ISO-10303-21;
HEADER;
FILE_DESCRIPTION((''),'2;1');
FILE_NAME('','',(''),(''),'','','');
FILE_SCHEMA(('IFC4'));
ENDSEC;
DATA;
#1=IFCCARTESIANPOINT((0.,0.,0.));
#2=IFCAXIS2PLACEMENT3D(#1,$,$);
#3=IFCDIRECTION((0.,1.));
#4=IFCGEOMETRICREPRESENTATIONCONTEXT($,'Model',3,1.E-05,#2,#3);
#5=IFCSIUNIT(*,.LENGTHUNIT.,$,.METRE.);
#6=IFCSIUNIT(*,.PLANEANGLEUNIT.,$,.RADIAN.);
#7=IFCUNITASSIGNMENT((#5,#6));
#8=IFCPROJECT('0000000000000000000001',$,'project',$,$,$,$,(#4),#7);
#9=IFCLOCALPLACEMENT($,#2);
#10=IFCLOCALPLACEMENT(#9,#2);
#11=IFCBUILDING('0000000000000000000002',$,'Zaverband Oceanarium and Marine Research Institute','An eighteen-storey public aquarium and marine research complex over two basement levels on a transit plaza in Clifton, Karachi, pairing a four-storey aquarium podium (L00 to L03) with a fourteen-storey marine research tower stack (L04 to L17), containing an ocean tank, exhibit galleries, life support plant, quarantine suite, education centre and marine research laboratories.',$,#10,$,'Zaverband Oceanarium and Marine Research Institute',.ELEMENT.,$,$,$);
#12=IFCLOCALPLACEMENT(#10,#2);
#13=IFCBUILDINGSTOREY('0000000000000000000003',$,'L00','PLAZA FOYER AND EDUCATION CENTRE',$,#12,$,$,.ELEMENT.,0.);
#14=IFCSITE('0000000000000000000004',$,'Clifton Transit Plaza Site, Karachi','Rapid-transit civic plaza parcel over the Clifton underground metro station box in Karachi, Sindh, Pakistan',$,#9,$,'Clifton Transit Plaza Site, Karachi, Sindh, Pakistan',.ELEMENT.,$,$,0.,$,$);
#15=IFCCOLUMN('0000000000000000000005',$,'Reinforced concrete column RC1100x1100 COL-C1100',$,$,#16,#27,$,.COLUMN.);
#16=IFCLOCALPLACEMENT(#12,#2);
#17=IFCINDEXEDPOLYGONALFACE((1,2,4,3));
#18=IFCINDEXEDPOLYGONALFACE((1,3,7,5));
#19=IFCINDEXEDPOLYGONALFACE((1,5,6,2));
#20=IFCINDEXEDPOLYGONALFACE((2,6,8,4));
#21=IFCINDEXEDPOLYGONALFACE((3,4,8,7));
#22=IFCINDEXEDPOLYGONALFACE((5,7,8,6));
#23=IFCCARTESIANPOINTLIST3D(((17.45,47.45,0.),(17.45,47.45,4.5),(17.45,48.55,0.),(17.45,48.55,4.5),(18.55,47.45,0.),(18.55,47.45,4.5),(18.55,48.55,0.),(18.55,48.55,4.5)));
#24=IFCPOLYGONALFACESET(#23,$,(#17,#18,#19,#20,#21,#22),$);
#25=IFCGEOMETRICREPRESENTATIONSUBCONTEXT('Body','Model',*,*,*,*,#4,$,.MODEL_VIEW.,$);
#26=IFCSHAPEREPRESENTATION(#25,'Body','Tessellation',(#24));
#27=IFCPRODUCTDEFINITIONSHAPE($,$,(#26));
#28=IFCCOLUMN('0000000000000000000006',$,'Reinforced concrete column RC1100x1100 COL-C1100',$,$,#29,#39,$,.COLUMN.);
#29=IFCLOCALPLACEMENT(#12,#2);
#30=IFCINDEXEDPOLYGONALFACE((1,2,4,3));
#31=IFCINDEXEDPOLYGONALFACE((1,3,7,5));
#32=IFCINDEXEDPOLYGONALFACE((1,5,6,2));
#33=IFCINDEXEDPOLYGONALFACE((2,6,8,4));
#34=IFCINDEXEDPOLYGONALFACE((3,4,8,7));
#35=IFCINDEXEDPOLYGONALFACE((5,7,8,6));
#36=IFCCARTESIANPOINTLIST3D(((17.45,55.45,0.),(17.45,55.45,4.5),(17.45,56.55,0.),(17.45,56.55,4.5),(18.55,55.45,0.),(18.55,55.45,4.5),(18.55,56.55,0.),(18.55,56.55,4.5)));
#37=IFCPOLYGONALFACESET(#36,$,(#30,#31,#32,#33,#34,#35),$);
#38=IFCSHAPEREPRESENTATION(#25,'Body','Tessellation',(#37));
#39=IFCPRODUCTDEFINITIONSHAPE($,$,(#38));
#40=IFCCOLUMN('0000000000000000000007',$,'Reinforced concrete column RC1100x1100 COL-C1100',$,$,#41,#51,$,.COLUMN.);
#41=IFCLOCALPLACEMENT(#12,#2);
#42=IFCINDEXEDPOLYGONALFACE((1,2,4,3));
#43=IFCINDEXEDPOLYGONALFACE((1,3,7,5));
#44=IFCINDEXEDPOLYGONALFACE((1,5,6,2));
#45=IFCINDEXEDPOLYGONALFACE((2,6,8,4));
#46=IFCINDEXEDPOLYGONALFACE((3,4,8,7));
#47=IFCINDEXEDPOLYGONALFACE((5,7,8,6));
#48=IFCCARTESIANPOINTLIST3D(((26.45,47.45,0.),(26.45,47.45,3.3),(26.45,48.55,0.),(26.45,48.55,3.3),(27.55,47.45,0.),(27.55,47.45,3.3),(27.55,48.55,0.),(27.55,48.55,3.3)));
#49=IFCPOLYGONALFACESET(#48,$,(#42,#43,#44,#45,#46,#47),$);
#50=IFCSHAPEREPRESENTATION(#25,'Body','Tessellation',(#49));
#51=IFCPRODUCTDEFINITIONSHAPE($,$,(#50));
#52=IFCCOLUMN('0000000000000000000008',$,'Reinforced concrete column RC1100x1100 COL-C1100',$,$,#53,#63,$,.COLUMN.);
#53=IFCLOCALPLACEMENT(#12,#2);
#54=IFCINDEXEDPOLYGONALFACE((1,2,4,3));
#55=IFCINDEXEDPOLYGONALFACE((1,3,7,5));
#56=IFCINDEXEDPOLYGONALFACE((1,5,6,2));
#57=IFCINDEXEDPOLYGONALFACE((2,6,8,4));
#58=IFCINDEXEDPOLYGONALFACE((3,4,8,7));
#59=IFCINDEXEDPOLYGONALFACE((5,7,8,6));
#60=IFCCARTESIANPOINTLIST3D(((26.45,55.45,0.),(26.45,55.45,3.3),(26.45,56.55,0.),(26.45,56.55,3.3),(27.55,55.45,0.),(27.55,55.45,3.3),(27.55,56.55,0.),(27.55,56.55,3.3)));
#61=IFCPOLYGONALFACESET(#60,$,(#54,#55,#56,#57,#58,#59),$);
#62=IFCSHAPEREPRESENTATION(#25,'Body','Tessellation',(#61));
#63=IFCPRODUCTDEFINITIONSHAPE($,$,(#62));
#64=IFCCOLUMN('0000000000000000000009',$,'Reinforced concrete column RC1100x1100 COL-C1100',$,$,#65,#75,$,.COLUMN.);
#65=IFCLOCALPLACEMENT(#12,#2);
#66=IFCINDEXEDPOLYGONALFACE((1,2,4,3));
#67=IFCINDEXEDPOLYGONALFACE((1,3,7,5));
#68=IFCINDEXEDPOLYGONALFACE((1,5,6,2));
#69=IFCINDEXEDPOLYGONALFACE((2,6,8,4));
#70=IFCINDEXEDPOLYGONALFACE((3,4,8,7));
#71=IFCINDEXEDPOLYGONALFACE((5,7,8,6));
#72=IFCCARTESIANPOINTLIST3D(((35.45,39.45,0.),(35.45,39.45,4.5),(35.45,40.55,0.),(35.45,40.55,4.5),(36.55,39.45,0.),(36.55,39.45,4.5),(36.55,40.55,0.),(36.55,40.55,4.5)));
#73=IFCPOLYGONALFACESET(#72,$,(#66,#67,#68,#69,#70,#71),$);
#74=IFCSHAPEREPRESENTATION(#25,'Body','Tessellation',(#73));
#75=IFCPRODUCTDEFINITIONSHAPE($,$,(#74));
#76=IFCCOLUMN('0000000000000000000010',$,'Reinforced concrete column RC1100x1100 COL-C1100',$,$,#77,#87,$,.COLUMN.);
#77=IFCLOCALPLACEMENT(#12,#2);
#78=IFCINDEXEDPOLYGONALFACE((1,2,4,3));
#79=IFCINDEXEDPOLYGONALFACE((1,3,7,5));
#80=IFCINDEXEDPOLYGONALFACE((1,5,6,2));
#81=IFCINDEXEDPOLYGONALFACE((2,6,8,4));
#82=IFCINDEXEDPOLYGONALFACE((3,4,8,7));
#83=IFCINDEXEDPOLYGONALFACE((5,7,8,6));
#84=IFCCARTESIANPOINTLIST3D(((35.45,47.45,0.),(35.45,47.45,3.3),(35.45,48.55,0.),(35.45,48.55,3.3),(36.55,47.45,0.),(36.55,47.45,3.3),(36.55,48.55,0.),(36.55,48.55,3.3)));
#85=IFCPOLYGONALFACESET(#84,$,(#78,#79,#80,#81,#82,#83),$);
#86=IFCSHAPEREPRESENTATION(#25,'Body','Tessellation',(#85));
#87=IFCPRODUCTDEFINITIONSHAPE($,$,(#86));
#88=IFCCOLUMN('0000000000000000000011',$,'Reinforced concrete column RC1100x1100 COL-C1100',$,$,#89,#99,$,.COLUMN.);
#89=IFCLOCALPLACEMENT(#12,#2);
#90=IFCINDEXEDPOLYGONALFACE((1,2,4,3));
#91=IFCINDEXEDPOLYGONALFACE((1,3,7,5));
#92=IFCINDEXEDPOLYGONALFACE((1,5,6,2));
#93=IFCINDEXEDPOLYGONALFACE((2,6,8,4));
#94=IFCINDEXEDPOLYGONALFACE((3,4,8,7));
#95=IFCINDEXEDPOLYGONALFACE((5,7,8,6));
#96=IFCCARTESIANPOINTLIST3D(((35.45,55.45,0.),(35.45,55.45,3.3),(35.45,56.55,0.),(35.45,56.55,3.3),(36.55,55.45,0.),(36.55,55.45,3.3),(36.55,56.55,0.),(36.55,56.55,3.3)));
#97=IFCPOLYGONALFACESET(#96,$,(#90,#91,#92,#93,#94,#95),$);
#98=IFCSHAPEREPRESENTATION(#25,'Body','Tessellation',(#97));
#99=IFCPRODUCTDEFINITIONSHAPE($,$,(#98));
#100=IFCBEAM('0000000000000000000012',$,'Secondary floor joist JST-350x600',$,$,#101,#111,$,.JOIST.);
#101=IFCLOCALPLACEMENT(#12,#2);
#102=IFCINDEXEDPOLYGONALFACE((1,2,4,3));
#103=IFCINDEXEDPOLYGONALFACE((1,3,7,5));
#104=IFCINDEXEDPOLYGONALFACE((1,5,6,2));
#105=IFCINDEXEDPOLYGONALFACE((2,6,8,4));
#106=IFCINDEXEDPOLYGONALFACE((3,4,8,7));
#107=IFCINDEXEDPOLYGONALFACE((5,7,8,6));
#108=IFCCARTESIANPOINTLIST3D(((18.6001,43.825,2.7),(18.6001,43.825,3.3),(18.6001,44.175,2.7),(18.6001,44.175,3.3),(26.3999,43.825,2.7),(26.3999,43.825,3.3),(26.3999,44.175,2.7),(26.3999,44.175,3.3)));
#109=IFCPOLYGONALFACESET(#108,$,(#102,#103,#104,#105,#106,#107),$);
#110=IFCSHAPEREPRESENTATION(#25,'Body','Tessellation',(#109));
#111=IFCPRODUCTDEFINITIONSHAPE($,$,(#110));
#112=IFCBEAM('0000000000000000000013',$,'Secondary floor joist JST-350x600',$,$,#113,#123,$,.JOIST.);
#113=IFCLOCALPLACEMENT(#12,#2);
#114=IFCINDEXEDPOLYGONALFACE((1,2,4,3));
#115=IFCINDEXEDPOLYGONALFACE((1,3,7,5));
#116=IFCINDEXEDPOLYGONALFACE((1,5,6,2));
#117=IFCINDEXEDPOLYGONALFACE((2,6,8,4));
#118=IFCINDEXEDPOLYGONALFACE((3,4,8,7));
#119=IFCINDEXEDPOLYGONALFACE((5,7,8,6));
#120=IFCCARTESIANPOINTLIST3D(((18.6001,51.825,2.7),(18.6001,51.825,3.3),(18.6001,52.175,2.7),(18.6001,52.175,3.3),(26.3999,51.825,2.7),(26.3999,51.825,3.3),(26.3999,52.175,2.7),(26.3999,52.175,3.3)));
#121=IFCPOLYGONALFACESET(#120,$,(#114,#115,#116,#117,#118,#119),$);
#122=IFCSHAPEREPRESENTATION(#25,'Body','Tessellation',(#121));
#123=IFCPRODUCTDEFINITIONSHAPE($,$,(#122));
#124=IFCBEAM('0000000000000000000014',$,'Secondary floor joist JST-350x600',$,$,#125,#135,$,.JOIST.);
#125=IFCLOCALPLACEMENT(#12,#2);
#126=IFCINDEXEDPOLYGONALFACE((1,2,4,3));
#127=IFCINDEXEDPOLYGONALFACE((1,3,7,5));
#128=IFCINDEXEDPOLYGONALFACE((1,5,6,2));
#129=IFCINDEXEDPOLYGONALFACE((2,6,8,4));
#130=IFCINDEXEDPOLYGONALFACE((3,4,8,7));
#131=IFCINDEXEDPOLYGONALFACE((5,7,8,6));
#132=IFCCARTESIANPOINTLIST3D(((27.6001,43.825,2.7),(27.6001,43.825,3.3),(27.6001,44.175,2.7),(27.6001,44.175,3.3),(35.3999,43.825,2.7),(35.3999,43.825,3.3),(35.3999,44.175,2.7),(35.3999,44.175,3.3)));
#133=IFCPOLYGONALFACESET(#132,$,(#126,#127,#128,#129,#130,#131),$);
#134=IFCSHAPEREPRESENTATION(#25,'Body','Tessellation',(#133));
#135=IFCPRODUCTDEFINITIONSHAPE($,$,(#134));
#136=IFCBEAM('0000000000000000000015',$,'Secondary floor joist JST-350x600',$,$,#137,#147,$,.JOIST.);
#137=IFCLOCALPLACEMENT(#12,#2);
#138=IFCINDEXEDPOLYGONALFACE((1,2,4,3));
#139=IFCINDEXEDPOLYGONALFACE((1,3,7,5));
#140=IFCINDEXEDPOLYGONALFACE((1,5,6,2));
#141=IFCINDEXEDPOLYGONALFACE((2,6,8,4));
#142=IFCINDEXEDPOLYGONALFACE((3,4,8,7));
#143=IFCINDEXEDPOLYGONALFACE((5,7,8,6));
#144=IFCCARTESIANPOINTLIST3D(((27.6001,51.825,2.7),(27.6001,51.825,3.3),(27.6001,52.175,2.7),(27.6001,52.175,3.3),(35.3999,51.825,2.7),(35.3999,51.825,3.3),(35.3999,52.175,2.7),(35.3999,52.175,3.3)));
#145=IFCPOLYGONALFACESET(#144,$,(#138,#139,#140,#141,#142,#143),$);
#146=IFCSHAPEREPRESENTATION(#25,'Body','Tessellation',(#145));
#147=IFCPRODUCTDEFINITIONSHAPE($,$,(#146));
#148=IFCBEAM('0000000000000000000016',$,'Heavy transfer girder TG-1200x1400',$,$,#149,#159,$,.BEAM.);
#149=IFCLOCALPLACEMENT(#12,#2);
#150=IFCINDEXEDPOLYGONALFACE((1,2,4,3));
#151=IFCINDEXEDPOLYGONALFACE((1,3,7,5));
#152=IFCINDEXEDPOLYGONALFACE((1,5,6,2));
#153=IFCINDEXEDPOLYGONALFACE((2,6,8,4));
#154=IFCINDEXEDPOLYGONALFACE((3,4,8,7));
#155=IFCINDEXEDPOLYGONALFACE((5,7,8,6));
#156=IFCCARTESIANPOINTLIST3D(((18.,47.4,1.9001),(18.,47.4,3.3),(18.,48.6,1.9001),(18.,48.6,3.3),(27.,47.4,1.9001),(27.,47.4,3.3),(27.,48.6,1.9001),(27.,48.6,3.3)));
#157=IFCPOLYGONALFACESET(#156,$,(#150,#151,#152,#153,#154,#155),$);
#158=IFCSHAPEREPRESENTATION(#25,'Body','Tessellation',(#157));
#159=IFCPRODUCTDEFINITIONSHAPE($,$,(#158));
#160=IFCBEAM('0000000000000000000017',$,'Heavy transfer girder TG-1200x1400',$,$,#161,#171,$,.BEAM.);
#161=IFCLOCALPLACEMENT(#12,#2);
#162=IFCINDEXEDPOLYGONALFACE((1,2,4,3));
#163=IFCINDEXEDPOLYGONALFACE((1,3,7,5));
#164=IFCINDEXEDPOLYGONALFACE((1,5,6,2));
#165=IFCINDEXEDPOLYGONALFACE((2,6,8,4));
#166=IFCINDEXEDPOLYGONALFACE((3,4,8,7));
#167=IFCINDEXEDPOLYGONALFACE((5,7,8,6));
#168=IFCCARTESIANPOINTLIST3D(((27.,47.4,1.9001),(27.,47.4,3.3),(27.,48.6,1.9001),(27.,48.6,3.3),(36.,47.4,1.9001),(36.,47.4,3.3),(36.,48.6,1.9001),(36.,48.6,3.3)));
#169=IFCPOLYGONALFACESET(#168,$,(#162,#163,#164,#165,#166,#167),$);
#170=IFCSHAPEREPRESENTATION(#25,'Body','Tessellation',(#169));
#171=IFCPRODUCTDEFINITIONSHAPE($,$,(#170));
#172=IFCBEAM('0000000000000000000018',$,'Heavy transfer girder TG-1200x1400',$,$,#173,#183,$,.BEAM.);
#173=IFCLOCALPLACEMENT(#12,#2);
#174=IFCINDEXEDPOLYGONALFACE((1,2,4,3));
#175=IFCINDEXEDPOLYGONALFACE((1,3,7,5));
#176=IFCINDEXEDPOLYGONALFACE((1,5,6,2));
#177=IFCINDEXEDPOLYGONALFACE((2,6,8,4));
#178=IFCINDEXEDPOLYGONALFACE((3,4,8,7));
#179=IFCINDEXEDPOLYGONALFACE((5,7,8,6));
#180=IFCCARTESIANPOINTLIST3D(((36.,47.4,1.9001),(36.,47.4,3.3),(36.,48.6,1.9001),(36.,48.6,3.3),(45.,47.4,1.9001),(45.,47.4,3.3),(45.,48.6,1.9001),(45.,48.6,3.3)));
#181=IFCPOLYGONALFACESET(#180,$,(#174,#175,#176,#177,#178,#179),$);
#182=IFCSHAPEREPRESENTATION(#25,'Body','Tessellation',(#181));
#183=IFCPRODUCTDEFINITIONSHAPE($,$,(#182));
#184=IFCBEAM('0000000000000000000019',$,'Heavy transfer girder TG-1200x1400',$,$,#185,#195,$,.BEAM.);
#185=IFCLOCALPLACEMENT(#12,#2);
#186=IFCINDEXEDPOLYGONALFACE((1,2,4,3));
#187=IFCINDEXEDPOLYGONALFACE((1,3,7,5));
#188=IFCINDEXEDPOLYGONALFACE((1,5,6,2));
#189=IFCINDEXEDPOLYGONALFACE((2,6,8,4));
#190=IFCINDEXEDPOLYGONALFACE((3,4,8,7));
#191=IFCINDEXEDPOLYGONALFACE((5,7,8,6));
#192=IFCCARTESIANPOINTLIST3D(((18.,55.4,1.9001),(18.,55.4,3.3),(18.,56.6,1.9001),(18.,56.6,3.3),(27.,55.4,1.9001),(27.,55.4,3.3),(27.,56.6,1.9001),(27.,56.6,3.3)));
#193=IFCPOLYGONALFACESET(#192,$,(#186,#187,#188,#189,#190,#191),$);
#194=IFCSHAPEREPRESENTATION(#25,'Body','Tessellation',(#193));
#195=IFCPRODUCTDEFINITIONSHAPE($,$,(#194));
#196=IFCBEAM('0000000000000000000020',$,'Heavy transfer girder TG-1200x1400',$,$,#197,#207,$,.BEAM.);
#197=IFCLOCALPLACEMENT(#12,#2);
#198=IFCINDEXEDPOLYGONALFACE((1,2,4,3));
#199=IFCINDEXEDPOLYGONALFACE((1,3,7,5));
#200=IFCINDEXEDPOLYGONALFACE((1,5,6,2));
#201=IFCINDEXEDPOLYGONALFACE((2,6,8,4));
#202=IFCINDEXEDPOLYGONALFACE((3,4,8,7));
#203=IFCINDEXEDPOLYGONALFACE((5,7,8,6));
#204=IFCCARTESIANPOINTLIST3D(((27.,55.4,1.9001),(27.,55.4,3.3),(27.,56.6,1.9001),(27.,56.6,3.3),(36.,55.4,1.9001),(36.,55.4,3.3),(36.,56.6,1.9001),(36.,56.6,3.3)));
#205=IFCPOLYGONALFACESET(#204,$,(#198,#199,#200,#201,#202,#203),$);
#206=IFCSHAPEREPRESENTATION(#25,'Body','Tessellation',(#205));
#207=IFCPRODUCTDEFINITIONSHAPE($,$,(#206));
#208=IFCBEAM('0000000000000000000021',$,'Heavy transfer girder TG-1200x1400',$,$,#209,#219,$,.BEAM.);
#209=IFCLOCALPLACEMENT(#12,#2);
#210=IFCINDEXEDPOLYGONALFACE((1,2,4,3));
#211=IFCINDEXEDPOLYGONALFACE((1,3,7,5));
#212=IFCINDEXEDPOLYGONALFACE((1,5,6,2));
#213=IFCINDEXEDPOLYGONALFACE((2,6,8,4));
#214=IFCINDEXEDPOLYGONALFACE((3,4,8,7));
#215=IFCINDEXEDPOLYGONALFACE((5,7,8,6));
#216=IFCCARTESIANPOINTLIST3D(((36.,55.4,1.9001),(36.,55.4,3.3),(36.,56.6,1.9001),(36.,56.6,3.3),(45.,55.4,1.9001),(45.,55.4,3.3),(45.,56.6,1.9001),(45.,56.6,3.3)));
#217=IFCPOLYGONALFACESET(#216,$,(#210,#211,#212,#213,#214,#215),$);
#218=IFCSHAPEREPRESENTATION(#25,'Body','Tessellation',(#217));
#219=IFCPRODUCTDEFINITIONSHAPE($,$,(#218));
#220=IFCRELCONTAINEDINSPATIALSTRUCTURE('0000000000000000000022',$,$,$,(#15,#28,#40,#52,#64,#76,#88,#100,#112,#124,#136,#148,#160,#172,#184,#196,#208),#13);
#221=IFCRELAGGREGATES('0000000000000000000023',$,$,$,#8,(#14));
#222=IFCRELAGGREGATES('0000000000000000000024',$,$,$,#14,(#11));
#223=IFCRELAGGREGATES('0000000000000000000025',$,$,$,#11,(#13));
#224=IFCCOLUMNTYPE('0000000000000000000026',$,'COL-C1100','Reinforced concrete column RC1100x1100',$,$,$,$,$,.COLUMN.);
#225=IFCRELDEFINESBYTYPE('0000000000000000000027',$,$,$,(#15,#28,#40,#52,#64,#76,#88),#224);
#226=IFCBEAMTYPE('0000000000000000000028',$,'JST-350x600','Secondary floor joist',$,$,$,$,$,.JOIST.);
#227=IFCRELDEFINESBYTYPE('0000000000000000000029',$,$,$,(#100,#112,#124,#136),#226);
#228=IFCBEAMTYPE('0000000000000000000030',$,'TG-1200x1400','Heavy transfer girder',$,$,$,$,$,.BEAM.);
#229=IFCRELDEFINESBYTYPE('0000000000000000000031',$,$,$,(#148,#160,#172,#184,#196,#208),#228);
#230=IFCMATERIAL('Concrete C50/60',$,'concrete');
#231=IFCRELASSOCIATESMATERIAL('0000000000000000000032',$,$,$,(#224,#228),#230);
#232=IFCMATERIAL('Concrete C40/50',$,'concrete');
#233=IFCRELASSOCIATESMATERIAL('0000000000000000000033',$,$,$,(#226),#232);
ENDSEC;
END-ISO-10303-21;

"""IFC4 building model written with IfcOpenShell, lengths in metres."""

from ifc_helpers import new_model, si_unit, direction, frame, origin, origin_2d, place, context, subcontext, project, spatial, rectangle, extrude, material, material_profile, profile_set, type_object, element, save


model = new_model("IFC4")

# Units and contexts
model_context = context("Model", 3, precision=1e-05, world=origin(), true_north=direction((0.0, 1.0)))
body_context = subcontext(model_context, "Body", "Model", "MODEL_VIEW")
ifc_project = project(units=[si_unit("LENGTHUNIT", "METRE"), si_unit("PLANEANGLEUNIT", "RADIAN")], contexts=[model_context])

# Site, building, storey
site_placement = place(None, origin())
site = spatial("IfcSite", under=ifc_project, at=site_placement, Name="Clifton Transit Plaza Site, Karachi", Description="Rapid-transit civic plaza parcel over the Clifton underground metro station box in Karachi, Sindh, Pakistan", LongName="Clifton Transit Plaza Site, Karachi, Sindh, Pakistan", CompositionType="ELEMENT", RefElevation=0.0)
building_placement = place(site_placement, origin())
building = spatial("IfcBuilding", under=site, at=building_placement, Name="Zaverband Oceanarium and Marine Research Institute", Description="An eighteen-storey public aquarium and marine research complex over two basement levels on a transit plaza in Clifton, Karachi, pairing a four-storey aquarium podium (L00 to L03) with a fourteen-storey marine research tower stack (L04 to L17), containing an ocean tank, exhibit galleries, life support plant, quarantine suite, education centre and marine research laboratories.", LongName="Zaverband Oceanarium and Marine Research Institute", CompositionType="ELEMENT")
storey_placement = place(building_placement, origin())
storey = spatial("IfcBuildingStorey", under=building, at=storey_placement, Name="L00", Description="PLAZA FOYER AND EDUCATION CENTRE", CompositionType="ELEMENT", Elevation=0.0)

# Columns
ifc_material_1 = material(Name="Concrete C50/60", Category="concrete")
ifc_material_profile_1 = material_profile(ifc_material_1, rectangle(XDim=1.1001, YDim=1.1001, at=origin_2d()), Name="RC1100x1100")
ifc_profile_set_1 = profile_set([ifc_material_profile_1], Name="Concrete C50/60")
column_type = type_object("IfcColumnType", Name="COL-C1100", Description="Reinforced concrete column RC1100x1100", PredefinedType="COLUMN", material=ifc_profile_set_1)
for number, where, z_axis, x_axis, name in (
    (1, (18.0, 48.0, 0.0), (0.0, 0.0, 1.0), (1.0, 0.0, 0.0), "Reinforced concrete column RC1100x1100 COL-C1100"),
    (2, (18.0, 56.0, 0.0), (0.0, 0.0, 1.0), (1.0, 0.0, 0.0), "Reinforced concrete column RC1100x1100 COL-C1100"),
):
    element("IfcColumn", number, at=place(storey_placement, frame(where, z_axis=z_axis, x_axis=x_axis)), inside=storey, type_object=column_type, Name=name, PredefinedType="COLUMN", context=body_context, shape_type="SweptSolid", body=[
        extrude(rectangle(XDim=1.1001, YDim=1.1001, at=origin_2d()), origin(), (0.0, 0.0, 1.0), 4.5),
    ])
for number, where, z_axis, x_axis, name in (
    (3, (27.0, 48.0, 0.0), (0.0, 0.0, 1.0), (1.0, 0.0, 0.0), "Reinforced concrete column RC1100x1100 COL-C1100"),
    (4, (27.0, 56.0, 0.0), (0.0, 0.0, 1.0), (1.0, 0.0, 0.0), "Reinforced concrete column RC1100x1100 COL-C1100"),
):
    element("IfcColumn", number, at=place(storey_placement, frame(where, z_axis=z_axis, x_axis=x_axis)), inside=storey, type_object=column_type, Name=name, PredefinedType="COLUMN", context=body_context, shape_type="SweptSolid", body=[
        extrude(rectangle(XDim=1.1001, YDim=1.1001, at=origin_2d()), origin(), (0.0, 0.0, 1.0), 3.3),
    ])
column_placement = place(storey_placement, frame((36.0, 40.0, 0.0), z_axis=(0.0, 0.0, 1.0), x_axis=(1.0, 0.0, 0.0)))
element("IfcColumn", 5, at=column_placement, inside=storey, type_object=column_type, Name="Reinforced concrete column RC1100x1100 COL-C1100", PredefinedType="COLUMN", context=body_context, shape_type="SweptSolid", body=[
    extrude(rectangle(XDim=1.1001, YDim=1.1001, at=origin_2d()), origin(), (0.0, 0.0, 1.0), 4.5),
])
for number, where, z_axis, x_axis, name in (
    (6, (36.0, 48.0, 0.0), (0.0, 0.0, 1.0), (1.0, 0.0, 0.0), "Reinforced concrete column RC1100x1100 COL-C1100"),
    (7, (36.0, 56.0, 0.0), (0.0, 0.0, 1.0), (1.0, 0.0, 0.0), "Reinforced concrete column RC1100x1100 COL-C1100"),
):
    element("IfcColumn", number, at=place(storey_placement, frame(where, z_axis=z_axis, x_axis=x_axis)), inside=storey, type_object=column_type, Name=name, PredefinedType="COLUMN", context=body_context, shape_type="SweptSolid", body=[
        extrude(rectangle(XDim=1.1001, YDim=1.1001, at=origin_2d()), origin(), (0.0, 0.0, 1.0), 3.3),
    ])

# Beams
ifc_material_2 = material(Name="Concrete C40/50", Category="concrete")
ifc_material_profile_2 = material_profile(ifc_material_2, rectangle(XDim=0.3501, YDim=0.6001, at=origin_2d()), Name="RC350x600")
ifc_profile_set_2 = profile_set([ifc_material_profile_2], Name="Concrete C40/50")
beam_type_1 = type_object("IfcBeamType", Name="JST-350x600", Description="Secondary floor joist", PredefinedType="JOIST", material=ifc_profile_set_2)
for number, where, z_axis, x_axis, name in (
    (8, (18.6001, 44.0, 3.0), (1.0, 0.0, 0.0), (0.0, 1.0, 0.0), "Secondary floor joist JST-350x600"),
    (9, (18.6001, 52.0, 3.0), (1.0, 0.0, 0.0), (0.0, 1.0, 0.0), "Secondary floor joist JST-350x600"),
    (10, (27.6001, 44.0, 3.0), (1.0, 0.0, 0.0), (0.0, 1.0, 0.0), "Secondary floor joist JST-350x600"),
    (11, (27.6001, 52.0, 3.0), (1.0, 0.0, 0.0), (0.0, 1.0, 0.0), "Secondary floor joist JST-350x600"),
):
    element("IfcBeam", number, at=place(storey_placement, frame(where, z_axis=z_axis, x_axis=x_axis)), inside=storey, type_object=beam_type_1, Name=name, PredefinedType="JOIST", context=body_context, shape_type="SweptSolid", body=[
        extrude(rectangle(XDim=0.3501, YDim=0.6001, at=origin_2d()), origin(), (0.0, 0.0, 1.0), 7.7998),
    ])
ifc_material_profile_3 = material_profile(ifc_material_1, rectangle(XDim=1.2, YDim=1.3999, at=origin_2d()), Name="RC1200x1400")
ifc_profile_set_3 = profile_set([ifc_material_profile_3], Name="Concrete C50/60")
beam_type_2 = type_object("IfcBeamType", Name="TG-1200x1400", Description="Heavy transfer girder", PredefinedType="BEAM", material=ifc_profile_set_3)
for number, where, z_axis, x_axis, name in (
    (12, (18.0, 48.0, 2.6001), (1.0, 0.0, 0.0), (0.0, 1.0, 0.0), "Heavy transfer girder TG-1200x1400"),
    (13, (27.0, 48.0, 2.6001), (1.0, 0.0, 0.0), (0.0, 1.0, 0.0), "Heavy transfer girder TG-1200x1400"),
    (14, (36.0, 48.0, 2.6001), (1.0, 0.0, 0.0), (0.0, 1.0, 0.0), "Heavy transfer girder TG-1200x1400"),
    (15, (18.0, 56.0, 2.6001), (1.0, 0.0, 0.0), (0.0, 1.0, 0.0), "Heavy transfer girder TG-1200x1400"),
    (16, (27.0, 56.0, 2.6001), (1.0, 0.0, 0.0), (0.0, 1.0, 0.0), "Heavy transfer girder TG-1200x1400"),
    (17, (36.0, 56.0, 2.6001), (1.0, 0.0, 0.0), (0.0, 1.0, 0.0), "Heavy transfer girder TG-1200x1400"),
):
    element("IfcBeam", number, at=place(storey_placement, frame(where, z_axis=z_axis, x_axis=x_axis)), inside=storey, type_object=beam_type_2, Name=name, PredefinedType="BEAM", context=body_context, shape_type="SweptSolid", body=[
        extrude(rectangle(XDim=1.2, YDim=1.3999, at=origin_2d()), origin(), (0.0, 0.0, 1.0), 9.0),
    ])

save(model, "model.ifc")
